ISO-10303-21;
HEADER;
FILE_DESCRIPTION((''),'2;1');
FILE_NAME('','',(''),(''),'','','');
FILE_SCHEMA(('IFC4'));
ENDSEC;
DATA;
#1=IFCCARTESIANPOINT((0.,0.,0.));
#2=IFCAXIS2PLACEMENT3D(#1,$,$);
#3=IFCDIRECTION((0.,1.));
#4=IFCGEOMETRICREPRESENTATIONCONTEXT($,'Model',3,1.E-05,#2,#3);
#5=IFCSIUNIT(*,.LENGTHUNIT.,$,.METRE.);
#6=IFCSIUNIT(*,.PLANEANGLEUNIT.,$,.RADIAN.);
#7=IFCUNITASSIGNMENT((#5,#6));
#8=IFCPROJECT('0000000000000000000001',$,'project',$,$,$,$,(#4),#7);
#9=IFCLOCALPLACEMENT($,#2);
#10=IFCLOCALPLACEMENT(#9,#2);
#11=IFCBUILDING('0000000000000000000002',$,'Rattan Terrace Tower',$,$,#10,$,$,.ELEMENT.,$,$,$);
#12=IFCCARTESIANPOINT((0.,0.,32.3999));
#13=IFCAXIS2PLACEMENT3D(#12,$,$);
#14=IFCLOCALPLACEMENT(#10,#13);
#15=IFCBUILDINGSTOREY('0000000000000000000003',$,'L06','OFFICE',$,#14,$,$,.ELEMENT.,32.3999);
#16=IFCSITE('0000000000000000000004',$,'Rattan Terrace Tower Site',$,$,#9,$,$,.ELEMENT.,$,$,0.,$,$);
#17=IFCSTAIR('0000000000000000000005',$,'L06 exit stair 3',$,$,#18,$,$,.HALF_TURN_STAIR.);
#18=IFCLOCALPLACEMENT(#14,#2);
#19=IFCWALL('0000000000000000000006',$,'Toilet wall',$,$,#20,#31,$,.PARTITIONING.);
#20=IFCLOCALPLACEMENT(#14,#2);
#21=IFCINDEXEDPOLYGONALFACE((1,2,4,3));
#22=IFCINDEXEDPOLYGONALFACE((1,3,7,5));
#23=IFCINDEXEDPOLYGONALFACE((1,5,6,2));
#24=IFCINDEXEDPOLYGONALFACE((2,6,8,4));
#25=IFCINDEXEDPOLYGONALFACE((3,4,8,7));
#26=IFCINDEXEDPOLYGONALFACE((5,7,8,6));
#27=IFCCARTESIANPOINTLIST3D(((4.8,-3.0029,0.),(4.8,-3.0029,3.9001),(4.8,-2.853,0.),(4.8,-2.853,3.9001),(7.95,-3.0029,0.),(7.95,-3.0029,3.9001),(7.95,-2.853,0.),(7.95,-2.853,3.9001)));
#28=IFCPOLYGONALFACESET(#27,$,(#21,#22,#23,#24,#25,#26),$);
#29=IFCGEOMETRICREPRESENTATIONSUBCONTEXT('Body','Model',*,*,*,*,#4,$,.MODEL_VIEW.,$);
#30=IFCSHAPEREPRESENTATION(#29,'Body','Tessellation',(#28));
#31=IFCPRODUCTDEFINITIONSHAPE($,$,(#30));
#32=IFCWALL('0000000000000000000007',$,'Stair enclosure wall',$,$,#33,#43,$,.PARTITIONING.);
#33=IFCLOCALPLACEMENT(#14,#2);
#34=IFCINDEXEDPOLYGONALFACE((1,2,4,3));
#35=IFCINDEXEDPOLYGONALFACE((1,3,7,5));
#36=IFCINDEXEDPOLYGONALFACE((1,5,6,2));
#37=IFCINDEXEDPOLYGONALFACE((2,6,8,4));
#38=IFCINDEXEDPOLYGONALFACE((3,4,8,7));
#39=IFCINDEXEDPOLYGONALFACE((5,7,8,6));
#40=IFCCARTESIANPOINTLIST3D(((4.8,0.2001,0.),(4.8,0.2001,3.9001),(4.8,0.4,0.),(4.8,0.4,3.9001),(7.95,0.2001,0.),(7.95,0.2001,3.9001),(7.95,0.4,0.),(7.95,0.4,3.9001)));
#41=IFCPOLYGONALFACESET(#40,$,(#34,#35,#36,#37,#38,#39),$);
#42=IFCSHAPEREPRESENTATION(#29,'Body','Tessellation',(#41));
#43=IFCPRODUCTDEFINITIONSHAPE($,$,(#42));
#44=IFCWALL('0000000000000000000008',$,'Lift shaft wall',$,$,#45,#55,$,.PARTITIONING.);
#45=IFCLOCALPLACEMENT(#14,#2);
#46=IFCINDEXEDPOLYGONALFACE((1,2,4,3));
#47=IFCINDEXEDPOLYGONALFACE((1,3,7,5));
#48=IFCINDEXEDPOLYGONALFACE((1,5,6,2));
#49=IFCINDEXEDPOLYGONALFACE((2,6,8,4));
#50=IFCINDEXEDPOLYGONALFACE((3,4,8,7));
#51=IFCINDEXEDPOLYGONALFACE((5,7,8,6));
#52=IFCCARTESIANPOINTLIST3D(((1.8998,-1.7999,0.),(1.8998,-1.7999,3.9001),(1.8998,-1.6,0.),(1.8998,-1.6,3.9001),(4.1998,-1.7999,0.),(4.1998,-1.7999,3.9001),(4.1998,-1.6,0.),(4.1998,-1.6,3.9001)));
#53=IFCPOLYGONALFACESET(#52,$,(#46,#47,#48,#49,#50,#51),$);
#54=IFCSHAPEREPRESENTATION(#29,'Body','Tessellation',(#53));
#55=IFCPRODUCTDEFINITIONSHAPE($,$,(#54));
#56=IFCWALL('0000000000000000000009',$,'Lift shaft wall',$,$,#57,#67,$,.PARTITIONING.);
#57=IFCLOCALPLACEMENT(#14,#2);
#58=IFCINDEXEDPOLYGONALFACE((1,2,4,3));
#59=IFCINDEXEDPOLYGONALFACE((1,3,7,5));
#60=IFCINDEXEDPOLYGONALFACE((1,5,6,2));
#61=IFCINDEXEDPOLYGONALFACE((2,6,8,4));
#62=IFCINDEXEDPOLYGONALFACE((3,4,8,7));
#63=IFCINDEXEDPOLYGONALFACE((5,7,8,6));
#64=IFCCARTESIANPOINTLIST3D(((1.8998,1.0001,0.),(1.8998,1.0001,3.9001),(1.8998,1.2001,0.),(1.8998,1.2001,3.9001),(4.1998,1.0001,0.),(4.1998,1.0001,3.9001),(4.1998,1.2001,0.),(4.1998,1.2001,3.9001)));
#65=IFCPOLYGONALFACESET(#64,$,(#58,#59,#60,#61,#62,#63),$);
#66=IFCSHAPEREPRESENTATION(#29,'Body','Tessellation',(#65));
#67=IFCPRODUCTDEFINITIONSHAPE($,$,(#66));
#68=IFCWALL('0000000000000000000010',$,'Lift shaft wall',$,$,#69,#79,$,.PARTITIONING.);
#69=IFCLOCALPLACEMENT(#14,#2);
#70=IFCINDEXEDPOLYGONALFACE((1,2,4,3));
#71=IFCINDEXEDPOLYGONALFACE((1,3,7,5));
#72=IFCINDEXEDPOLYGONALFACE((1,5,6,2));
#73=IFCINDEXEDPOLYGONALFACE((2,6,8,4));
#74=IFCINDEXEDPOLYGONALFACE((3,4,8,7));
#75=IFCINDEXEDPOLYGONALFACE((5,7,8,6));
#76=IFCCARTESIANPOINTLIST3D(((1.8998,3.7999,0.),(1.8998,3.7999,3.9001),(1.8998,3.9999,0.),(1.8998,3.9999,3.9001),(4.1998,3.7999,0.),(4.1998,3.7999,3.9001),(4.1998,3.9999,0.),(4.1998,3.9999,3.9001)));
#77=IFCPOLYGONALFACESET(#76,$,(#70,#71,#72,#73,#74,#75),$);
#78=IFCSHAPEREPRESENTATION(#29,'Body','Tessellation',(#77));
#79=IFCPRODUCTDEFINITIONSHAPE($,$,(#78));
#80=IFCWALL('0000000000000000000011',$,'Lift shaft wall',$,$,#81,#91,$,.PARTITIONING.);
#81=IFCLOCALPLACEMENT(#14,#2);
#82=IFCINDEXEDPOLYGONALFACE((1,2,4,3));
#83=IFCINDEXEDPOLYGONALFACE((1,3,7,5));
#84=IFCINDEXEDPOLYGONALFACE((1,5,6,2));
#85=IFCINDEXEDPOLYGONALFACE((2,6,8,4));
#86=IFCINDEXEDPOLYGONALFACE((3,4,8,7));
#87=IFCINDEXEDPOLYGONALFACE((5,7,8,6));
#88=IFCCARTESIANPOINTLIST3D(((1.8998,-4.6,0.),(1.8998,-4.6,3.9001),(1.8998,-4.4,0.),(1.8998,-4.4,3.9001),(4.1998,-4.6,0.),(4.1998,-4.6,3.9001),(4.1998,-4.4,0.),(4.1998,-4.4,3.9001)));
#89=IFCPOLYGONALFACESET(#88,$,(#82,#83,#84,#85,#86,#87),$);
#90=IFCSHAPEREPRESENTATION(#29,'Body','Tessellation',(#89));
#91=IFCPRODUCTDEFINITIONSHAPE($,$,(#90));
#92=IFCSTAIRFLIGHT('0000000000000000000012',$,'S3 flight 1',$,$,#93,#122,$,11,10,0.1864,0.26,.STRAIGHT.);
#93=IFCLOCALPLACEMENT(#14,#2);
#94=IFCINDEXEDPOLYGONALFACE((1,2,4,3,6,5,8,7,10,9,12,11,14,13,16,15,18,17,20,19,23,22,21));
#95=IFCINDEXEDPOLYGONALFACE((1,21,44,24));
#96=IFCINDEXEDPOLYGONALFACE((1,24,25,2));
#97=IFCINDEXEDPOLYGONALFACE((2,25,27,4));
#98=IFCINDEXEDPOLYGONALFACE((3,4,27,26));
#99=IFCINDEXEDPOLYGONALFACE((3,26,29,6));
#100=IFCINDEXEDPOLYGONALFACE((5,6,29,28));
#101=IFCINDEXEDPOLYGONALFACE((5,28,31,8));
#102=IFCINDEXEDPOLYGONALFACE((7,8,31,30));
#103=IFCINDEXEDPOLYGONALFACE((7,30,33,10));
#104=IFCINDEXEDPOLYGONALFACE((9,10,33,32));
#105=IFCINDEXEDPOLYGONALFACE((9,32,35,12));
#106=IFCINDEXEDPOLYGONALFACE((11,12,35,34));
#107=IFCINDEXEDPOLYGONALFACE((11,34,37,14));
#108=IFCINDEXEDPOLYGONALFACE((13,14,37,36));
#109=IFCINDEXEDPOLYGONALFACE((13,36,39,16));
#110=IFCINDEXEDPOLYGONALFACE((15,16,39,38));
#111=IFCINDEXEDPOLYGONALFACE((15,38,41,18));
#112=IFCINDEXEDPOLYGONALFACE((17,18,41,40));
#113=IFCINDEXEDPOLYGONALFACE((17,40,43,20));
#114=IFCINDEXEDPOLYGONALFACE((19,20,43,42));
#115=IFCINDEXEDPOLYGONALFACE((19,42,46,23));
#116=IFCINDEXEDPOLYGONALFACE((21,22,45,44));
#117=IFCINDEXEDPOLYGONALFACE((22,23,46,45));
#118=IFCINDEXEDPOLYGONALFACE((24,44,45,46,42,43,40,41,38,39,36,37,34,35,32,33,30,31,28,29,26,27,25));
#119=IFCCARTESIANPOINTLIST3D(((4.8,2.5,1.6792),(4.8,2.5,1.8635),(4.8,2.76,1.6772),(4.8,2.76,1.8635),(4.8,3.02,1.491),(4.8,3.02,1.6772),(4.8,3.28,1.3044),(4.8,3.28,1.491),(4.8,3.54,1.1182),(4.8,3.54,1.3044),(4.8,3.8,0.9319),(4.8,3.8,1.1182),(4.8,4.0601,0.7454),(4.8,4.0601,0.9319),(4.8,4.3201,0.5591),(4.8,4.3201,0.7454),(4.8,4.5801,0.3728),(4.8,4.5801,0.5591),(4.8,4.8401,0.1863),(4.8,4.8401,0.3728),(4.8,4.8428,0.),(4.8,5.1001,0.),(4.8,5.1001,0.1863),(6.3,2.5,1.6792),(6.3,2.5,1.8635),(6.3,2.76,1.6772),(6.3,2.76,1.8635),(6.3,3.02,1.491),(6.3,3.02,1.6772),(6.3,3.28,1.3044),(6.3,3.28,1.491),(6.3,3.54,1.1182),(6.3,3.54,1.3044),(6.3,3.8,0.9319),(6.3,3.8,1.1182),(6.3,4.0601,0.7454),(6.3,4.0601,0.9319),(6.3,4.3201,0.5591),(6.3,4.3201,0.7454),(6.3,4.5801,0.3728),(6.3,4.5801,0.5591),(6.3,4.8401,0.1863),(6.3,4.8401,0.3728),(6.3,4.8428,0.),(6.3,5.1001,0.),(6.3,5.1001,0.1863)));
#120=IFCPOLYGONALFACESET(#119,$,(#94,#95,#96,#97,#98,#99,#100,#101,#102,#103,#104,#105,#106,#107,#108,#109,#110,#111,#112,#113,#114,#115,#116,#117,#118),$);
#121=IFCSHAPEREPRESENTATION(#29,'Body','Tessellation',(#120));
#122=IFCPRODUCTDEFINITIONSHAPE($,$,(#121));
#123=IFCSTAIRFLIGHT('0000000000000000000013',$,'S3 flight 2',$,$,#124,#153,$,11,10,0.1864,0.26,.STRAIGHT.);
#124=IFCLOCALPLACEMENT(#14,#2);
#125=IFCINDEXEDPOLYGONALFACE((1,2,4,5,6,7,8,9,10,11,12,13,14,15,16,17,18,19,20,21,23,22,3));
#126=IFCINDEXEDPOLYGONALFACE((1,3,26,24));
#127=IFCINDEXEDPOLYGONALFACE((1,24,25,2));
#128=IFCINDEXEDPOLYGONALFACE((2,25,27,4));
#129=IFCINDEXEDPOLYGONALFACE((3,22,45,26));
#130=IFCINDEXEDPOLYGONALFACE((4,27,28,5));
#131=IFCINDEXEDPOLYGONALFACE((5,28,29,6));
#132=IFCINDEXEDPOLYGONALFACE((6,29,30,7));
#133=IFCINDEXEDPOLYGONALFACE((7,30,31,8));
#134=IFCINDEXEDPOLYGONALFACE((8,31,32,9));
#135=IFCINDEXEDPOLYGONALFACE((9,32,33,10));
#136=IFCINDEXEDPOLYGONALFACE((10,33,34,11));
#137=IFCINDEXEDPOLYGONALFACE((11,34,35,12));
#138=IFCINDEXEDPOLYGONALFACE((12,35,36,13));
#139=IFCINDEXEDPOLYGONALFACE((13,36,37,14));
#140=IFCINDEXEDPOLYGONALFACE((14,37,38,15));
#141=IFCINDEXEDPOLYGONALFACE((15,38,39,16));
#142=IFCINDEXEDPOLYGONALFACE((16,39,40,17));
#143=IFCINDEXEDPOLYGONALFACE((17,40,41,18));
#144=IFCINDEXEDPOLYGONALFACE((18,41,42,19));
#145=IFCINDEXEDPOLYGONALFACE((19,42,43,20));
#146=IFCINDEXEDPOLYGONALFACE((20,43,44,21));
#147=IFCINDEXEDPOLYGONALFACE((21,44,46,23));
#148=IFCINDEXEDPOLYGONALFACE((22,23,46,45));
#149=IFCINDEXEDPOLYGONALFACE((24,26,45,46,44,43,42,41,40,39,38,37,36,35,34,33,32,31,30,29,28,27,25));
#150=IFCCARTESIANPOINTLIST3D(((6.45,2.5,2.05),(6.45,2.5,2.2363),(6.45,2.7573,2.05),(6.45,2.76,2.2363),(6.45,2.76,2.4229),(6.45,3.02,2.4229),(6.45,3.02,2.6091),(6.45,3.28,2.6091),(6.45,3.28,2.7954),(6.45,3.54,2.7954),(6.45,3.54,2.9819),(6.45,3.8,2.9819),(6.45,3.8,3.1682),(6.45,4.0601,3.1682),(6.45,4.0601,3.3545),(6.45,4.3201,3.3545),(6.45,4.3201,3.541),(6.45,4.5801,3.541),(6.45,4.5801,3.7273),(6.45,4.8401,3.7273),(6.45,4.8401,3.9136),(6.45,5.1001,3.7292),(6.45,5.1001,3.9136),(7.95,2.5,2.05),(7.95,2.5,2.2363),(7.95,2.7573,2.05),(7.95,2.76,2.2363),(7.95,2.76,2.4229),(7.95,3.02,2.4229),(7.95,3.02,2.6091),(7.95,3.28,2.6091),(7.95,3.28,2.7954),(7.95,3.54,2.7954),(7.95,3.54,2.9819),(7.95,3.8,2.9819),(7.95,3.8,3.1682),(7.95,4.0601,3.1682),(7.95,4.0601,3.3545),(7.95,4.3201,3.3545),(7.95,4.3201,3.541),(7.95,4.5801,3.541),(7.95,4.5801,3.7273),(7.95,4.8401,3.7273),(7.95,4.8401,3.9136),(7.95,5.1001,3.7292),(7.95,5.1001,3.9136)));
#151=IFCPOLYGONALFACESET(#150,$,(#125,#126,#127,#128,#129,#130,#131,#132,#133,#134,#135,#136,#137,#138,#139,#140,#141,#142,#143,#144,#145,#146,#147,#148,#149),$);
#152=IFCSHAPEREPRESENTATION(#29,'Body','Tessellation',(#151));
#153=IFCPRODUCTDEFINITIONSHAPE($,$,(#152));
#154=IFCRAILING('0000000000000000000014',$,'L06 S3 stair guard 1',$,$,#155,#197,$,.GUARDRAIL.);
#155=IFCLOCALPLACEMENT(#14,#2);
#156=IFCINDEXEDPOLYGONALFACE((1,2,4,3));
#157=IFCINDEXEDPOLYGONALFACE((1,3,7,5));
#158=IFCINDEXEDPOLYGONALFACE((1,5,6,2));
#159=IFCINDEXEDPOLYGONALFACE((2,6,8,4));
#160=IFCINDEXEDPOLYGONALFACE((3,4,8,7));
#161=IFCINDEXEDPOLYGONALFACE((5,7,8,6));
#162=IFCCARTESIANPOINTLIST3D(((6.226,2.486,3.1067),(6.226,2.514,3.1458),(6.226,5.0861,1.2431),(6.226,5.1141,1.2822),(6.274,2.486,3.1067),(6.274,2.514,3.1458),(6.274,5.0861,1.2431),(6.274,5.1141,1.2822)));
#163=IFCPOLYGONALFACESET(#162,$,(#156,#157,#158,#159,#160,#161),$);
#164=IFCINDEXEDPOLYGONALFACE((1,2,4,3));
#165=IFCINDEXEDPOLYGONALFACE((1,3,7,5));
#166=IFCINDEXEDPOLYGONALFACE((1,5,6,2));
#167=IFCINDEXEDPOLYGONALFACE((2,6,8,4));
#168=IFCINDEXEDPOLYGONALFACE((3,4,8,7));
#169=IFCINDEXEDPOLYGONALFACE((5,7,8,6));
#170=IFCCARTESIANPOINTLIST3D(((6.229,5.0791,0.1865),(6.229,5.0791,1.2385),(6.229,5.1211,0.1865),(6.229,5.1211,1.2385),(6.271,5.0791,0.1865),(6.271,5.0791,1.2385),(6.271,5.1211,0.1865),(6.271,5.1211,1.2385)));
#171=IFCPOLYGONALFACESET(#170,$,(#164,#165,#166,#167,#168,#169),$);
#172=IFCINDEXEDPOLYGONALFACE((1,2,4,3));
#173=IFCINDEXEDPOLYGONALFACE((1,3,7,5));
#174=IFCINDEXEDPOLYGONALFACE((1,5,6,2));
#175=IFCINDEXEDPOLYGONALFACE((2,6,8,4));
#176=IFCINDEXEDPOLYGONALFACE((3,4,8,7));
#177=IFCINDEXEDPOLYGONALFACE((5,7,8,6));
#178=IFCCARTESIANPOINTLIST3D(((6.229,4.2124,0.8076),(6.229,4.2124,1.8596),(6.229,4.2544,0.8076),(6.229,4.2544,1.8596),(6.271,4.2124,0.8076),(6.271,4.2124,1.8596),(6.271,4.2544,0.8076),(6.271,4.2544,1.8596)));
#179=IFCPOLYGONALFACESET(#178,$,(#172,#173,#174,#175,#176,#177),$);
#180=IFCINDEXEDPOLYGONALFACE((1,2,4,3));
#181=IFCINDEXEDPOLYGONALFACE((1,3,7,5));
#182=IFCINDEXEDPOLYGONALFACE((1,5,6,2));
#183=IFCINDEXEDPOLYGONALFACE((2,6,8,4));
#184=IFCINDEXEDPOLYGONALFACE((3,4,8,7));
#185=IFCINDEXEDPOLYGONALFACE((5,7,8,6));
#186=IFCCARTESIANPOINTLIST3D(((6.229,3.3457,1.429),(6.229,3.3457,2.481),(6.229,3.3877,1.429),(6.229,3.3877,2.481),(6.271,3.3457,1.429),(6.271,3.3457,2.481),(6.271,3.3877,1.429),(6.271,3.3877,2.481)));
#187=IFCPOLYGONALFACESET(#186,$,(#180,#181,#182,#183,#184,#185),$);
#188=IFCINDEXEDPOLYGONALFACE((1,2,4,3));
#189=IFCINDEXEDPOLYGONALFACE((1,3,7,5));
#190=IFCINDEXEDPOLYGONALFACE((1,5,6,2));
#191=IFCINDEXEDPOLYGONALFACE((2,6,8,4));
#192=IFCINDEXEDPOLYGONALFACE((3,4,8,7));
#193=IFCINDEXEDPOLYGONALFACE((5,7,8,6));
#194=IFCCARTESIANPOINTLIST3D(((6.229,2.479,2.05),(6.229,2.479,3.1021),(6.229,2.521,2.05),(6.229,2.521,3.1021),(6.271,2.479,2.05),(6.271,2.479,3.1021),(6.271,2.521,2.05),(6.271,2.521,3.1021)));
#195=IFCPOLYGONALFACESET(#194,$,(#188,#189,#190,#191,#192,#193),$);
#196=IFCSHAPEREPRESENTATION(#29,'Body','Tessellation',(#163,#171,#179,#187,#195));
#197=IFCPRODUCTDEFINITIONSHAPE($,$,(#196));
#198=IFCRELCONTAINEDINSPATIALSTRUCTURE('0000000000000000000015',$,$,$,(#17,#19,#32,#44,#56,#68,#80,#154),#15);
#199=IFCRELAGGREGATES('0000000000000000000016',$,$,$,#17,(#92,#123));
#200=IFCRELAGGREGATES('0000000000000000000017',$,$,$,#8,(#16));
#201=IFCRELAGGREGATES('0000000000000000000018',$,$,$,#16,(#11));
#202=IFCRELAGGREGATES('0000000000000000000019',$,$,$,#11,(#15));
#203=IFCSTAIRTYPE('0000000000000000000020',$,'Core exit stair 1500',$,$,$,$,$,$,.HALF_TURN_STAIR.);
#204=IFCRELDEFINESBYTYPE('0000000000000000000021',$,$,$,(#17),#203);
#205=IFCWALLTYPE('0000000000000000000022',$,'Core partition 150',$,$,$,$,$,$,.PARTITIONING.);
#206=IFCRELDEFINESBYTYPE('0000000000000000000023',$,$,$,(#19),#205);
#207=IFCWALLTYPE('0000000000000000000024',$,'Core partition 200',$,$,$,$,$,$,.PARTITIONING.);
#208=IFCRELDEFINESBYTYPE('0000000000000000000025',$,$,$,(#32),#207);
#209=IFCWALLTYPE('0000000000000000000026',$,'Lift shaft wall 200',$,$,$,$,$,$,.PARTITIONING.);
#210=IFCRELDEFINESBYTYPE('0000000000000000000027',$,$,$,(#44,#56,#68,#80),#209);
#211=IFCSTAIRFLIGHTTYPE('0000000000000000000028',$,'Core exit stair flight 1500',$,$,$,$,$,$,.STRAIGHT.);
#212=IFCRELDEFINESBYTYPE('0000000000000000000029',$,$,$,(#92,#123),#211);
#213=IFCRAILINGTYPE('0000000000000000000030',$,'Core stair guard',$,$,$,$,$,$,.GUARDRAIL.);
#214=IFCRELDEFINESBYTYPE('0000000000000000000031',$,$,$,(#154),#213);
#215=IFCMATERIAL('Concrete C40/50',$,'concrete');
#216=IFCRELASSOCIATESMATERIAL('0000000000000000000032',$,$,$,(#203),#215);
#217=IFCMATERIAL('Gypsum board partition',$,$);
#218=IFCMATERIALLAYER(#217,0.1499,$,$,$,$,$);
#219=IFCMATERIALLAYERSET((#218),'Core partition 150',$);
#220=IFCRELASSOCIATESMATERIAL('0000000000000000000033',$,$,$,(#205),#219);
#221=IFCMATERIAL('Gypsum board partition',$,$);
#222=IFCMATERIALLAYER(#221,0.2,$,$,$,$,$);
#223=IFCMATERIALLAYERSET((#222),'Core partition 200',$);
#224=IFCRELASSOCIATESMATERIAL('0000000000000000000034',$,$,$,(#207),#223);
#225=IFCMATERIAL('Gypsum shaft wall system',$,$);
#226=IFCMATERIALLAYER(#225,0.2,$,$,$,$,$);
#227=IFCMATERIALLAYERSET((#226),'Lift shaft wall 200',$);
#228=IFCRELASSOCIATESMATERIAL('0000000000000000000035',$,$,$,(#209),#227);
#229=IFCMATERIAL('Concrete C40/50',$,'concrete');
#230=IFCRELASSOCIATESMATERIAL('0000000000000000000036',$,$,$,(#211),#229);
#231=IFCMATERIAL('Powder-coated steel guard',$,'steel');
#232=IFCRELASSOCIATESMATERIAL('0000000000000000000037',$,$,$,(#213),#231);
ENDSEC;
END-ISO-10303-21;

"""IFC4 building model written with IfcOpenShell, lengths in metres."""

from ifc_helpers import new_model, si_unit, direction, frame, frame_2d, origin, origin_2d, place, context, subcontext, project, spatial, polyline, rectangle, outline, extrude, material, layer, layer_set, type_object, element, aggregate, save


model = new_model("IFC4")

# Units and contexts
model_context = context("Model", 3, precision=1e-05, world=origin(), true_north=direction((0.0, 1.0)))
body_context = subcontext(model_context, "Body", "Model", "MODEL_VIEW")
ifc_project = project(units=[si_unit("LENGTHUNIT", "METRE"), si_unit("PLANEANGLEUNIT", "RADIAN")], contexts=[model_context])

# Site, building, storey
site_placement = place(None, origin())
site = spatial("IfcSite", under=ifc_project, at=site_placement, Name="Rattan Terrace Tower Site", CompositionType="ELEMENT", RefElevation=0.0)
building_placement = place(site_placement, origin())
building = spatial("IfcBuilding", under=site, at=building_placement, Name="Rattan Terrace Tower", CompositionType="ELEMENT")
storey_placement = place(building_placement, frame((0.0, 0.0, 32.3999)))
storey = spatial("IfcBuildingStorey", under=building, at=storey_placement, Name="L06", Description="OFFICE", CompositionType="ELEMENT", Elevation=32.3999)

# Stair
ifc_material_1 = material(Name="Concrete C40/50", Category="concrete")
stair_type = type_object("IfcStairType", Name="Core exit stair 1500", PredefinedType="HALF_TURN_STAIR", material=ifc_material_1)
stair_1_placement = place(storey_placement, origin())
stair_1 = element("IfcStair", 1, at=stair_1_placement, inside=storey, type_object=stair_type, Name="L06 exit stair 3", PredefinedType="HALF_TURN_STAIR")

# Walls
ifc_material_2 = material(Name="Gypsum board partition")
ifc_layer_1 = layer(ifc_material_2, 0.1499)
ifc_layer_set_1 = layer_set([ifc_layer_1], Name="Core partition 150")
wall_type_1 = type_object("IfcWallType", Name="Core partition 150", PredefinedType="PARTITIONING", material=ifc_layer_set_1)
wall_1_placement = place(storey_placement, frame((4.8, -2.928, 0.0), z_axis=(0.0, 0.0, 1.0), x_axis=(1.0, 0.0, 0.0)))
element("IfcWall", 2, at=wall_1_placement, inside=storey, type_object=wall_type_1, Name="Toilet wall", PredefinedType="PARTITIONING", context=body_context, shape_type="SweptSolid", body=[
    extrude(rectangle(XDim=3.1499, YDim=0.1499, at=frame_2d((1.575, 0.0))), origin(), (0.0, 0.0, 1.0), 3.9001),
])
ifc_material_3 = material(Name="Gypsum board partition")
ifc_layer_2 = layer(ifc_material_3, 0.2)
ifc_layer_set_2 = layer_set([ifc_layer_2], Name="Core partition 200")
wall_type_2 = type_object("IfcWallType", Name="Core partition 200", PredefinedType="PARTITIONING", material=ifc_layer_set_2)
wall_2_placement = place(storey_placement, frame((4.8, 0.3, 0.0), z_axis=(0.0, 0.0, 1.0), x_axis=(1.0, 0.0, 0.0)))
element("IfcWall", 3, at=wall_2_placement, inside=storey, type_object=wall_type_2, Name="Stair enclosure wall", PredefinedType="PARTITIONING", context=body_context, shape_type="SweptSolid", body=[
    extrude(rectangle(XDim=3.1499, YDim=0.2, at=frame_2d((1.575, 0.0))), origin(), (0.0, 0.0, 1.0), 3.9001),
])
ifc_material_4 = material(Name="Gypsum shaft wall system")
ifc_layer_3 = layer(ifc_material_4, 0.2)
ifc_layer_set_3 = layer_set([ifc_layer_3], Name="Lift shaft wall 200")
wall_type_3 = type_object("IfcWallType", Name="Lift shaft wall 200", PredefinedType="PARTITIONING", material=ifc_layer_set_3)
for number, where, z_axis, x_axis, name in (
    (4, (1.8999, -1.7, 0.0), (0.0, 0.0, 1.0), (1.0, 0.0, 0.0), "Lift shaft wall"),
    (5, (1.8999, 1.1001, 0.0), (0.0, 0.0, 1.0), (1.0, 0.0, 0.0), "Lift shaft wall"),
    (6, (1.8999, 3.8999, 0.0), (0.0, 0.0, 1.0), (1.0, 0.0, 0.0), "Lift shaft wall"),
    (7, (1.8999, -4.5, 0.0), (0.0, 0.0, 1.0), (1.0, 0.0, 0.0), "Lift shaft wall"),
):
    element("IfcWall", number, at=place(storey_placement, frame(where, z_axis=z_axis, x_axis=x_axis)), inside=storey, type_object=wall_type_3, Name=name, PredefinedType="PARTITIONING", context=body_context, shape_type="SweptSolid", body=[
        extrude(rectangle(XDim=2.3, YDim=0.2, at=frame_2d((1.1499, 0.0))), origin(), (0.0, 0.0, 1.0), 3.9001),
    ])

# Stair flights
ifc_material_5 = material(Name="Concrete C40/50", Category="concrete")
stair_flight_type = type_object("IfcStairFlightType", Name="Core exit stair flight 1500", PredefinedType="STRAIGHT", material=ifc_material_5)
stair_flight_1_placement = place(storey_placement, frame((5.55, 5.1001, 0.0), z_axis=(0.0, 0.0, 1.0), x_axis=(0.0, -1.0, 0.0)))
stair_flight_1 = element("IfcStairFlight", 8, at=stair_flight_1_placement, type_object=stair_flight_type, Name="S3 flight 1", NumberOfRisers=11, NumberOfTreads=10, PredefinedType="STRAIGHT", RiserHeight=0.1864, TreadLength=0.26, context=body_context, shape_type="SweptSolid", body=[
    extrude(outline(polyline([(0.0, 0.0), (0.0, 0.1863), (0.26, 0.1863), (0.26, 0.3728), (0.52, 0.3728), (0.52, 0.5591), (0.78, 0.5591), (0.78, 0.7454), (1.04, 0.7454), (1.04, 0.9319), (1.3, 0.9319), (1.3, 1.1182), (1.5601, 1.1182), (1.5601, 1.3044), (1.8201, 1.3044), (1.8201, 1.491), (2.0801, 1.491), (2.0801, 1.6772), (2.3401, 1.6772), (2.3401, 1.8635), (2.6001, 1.8635), (2.6001, 2.05), (2.6001, 1.6792), (0.2573, 0.0), (0.0, 0.0)])), frame((0.0, 0.75, 0.0), z_axis=(0.0, -1.0, 0.0), x_axis=(1.0, 0.0, 0.0)), (0.0, 0.0, 1.0), 1.5),
])
stair_flight_2_placement = place(storey_placement, frame((7.2, 2.5, 2.05), z_axis=(0.0, 0.0, 1.0), x_axis=(0.0, 1.0, 0.0)))
stair_flight_2 = element("IfcStairFlight", 9, at=stair_flight_2_placement, type_object=stair_flight_type, Name="S3 flight 2", NumberOfRisers=11, NumberOfTreads=10, PredefinedType="STRAIGHT", RiserHeight=0.1864, TreadLength=0.26, context=body_context, shape_type="SweptSolid", body=[
    extrude(outline(polyline([(0.0, 0.0), (0.0, 0.1863), (0.26, 0.1863), (0.26, 0.3728), (0.52, 0.3728), (0.52, 0.5591), (0.78, 0.5591), (0.78, 0.7454), (1.04, 0.7454), (1.04, 0.9319), (1.3, 0.9319), (1.3, 1.1182), (1.5601, 1.1182), (1.5601, 1.3044), (1.8201, 1.3044), (1.8201, 1.491), (2.0801, 1.491), (2.0801, 1.6772), (2.3401, 1.6772), (2.3401, 1.8635), (2.6001, 1.8635), (2.6001, 2.05), (2.6001, 1.6792), (0.2573, 0.0), (0.0, 0.0)])), frame((0.0, 0.75, 0.0), z_axis=(0.0, -1.0, 0.0), x_axis=(1.0, 0.0, 0.0)), (0.0, 0.0, 1.0), 1.5),
])
aggregate(stair_1, [stair_flight_1, stair_flight_2])

# Railing
ifc_material_6 = material(Name="Powder-coated steel guard", Category="steel")
railing_type_1 = type_object("IfcRailingType", Name="Core stair guard", PredefinedType="GUARDRAIL", material=ifc_material_6)
railing_1_placement = place(storey_placement, frame((6.25, 5.1001, 0.1865)))
element("IfcRailing", 10, at=railing_1_placement, inside=storey, type_object=railing_type_1, Name="L06 S3 stair guard 1", PredefinedType="GUARDRAIL", context=body_context, shape_type="SweptSolid", body=[
    extrude(rectangle(XDim=0.0481, YDim=0.0481, at=origin_2d()), frame((0.0, 0.0, 1.0762), z_axis=(0.0, -0.812799, 0.582544), x_axis=(1.0, 0.0, 0.0)), (0.0, 0.0, 1.0), 3.199),
    extrude(rectangle(XDim=0.042, YDim=0.042, at=origin_2d()), origin(), (0.0, 0.0, 1.0), 1.052),
    extrude(rectangle(XDim=0.042, YDim=0.042, at=origin_2d()), frame((0.0, -0.8667, 0.6211)), (0.0, 0.0, 1.0), 1.052),
    extrude(rectangle(XDim=0.042, YDim=0.042, at=origin_2d()), frame((0.0, -1.7334, 1.2424)), (0.0, 0.0, 1.0), 1.052),
    extrude(rectangle(XDim=0.042, YDim=0.042, at=origin_2d()), frame((0.0, -2.6001, 1.8635)), (0.0, 0.0, 1.0), 1.052),
])

save(model, "model.ifc")
